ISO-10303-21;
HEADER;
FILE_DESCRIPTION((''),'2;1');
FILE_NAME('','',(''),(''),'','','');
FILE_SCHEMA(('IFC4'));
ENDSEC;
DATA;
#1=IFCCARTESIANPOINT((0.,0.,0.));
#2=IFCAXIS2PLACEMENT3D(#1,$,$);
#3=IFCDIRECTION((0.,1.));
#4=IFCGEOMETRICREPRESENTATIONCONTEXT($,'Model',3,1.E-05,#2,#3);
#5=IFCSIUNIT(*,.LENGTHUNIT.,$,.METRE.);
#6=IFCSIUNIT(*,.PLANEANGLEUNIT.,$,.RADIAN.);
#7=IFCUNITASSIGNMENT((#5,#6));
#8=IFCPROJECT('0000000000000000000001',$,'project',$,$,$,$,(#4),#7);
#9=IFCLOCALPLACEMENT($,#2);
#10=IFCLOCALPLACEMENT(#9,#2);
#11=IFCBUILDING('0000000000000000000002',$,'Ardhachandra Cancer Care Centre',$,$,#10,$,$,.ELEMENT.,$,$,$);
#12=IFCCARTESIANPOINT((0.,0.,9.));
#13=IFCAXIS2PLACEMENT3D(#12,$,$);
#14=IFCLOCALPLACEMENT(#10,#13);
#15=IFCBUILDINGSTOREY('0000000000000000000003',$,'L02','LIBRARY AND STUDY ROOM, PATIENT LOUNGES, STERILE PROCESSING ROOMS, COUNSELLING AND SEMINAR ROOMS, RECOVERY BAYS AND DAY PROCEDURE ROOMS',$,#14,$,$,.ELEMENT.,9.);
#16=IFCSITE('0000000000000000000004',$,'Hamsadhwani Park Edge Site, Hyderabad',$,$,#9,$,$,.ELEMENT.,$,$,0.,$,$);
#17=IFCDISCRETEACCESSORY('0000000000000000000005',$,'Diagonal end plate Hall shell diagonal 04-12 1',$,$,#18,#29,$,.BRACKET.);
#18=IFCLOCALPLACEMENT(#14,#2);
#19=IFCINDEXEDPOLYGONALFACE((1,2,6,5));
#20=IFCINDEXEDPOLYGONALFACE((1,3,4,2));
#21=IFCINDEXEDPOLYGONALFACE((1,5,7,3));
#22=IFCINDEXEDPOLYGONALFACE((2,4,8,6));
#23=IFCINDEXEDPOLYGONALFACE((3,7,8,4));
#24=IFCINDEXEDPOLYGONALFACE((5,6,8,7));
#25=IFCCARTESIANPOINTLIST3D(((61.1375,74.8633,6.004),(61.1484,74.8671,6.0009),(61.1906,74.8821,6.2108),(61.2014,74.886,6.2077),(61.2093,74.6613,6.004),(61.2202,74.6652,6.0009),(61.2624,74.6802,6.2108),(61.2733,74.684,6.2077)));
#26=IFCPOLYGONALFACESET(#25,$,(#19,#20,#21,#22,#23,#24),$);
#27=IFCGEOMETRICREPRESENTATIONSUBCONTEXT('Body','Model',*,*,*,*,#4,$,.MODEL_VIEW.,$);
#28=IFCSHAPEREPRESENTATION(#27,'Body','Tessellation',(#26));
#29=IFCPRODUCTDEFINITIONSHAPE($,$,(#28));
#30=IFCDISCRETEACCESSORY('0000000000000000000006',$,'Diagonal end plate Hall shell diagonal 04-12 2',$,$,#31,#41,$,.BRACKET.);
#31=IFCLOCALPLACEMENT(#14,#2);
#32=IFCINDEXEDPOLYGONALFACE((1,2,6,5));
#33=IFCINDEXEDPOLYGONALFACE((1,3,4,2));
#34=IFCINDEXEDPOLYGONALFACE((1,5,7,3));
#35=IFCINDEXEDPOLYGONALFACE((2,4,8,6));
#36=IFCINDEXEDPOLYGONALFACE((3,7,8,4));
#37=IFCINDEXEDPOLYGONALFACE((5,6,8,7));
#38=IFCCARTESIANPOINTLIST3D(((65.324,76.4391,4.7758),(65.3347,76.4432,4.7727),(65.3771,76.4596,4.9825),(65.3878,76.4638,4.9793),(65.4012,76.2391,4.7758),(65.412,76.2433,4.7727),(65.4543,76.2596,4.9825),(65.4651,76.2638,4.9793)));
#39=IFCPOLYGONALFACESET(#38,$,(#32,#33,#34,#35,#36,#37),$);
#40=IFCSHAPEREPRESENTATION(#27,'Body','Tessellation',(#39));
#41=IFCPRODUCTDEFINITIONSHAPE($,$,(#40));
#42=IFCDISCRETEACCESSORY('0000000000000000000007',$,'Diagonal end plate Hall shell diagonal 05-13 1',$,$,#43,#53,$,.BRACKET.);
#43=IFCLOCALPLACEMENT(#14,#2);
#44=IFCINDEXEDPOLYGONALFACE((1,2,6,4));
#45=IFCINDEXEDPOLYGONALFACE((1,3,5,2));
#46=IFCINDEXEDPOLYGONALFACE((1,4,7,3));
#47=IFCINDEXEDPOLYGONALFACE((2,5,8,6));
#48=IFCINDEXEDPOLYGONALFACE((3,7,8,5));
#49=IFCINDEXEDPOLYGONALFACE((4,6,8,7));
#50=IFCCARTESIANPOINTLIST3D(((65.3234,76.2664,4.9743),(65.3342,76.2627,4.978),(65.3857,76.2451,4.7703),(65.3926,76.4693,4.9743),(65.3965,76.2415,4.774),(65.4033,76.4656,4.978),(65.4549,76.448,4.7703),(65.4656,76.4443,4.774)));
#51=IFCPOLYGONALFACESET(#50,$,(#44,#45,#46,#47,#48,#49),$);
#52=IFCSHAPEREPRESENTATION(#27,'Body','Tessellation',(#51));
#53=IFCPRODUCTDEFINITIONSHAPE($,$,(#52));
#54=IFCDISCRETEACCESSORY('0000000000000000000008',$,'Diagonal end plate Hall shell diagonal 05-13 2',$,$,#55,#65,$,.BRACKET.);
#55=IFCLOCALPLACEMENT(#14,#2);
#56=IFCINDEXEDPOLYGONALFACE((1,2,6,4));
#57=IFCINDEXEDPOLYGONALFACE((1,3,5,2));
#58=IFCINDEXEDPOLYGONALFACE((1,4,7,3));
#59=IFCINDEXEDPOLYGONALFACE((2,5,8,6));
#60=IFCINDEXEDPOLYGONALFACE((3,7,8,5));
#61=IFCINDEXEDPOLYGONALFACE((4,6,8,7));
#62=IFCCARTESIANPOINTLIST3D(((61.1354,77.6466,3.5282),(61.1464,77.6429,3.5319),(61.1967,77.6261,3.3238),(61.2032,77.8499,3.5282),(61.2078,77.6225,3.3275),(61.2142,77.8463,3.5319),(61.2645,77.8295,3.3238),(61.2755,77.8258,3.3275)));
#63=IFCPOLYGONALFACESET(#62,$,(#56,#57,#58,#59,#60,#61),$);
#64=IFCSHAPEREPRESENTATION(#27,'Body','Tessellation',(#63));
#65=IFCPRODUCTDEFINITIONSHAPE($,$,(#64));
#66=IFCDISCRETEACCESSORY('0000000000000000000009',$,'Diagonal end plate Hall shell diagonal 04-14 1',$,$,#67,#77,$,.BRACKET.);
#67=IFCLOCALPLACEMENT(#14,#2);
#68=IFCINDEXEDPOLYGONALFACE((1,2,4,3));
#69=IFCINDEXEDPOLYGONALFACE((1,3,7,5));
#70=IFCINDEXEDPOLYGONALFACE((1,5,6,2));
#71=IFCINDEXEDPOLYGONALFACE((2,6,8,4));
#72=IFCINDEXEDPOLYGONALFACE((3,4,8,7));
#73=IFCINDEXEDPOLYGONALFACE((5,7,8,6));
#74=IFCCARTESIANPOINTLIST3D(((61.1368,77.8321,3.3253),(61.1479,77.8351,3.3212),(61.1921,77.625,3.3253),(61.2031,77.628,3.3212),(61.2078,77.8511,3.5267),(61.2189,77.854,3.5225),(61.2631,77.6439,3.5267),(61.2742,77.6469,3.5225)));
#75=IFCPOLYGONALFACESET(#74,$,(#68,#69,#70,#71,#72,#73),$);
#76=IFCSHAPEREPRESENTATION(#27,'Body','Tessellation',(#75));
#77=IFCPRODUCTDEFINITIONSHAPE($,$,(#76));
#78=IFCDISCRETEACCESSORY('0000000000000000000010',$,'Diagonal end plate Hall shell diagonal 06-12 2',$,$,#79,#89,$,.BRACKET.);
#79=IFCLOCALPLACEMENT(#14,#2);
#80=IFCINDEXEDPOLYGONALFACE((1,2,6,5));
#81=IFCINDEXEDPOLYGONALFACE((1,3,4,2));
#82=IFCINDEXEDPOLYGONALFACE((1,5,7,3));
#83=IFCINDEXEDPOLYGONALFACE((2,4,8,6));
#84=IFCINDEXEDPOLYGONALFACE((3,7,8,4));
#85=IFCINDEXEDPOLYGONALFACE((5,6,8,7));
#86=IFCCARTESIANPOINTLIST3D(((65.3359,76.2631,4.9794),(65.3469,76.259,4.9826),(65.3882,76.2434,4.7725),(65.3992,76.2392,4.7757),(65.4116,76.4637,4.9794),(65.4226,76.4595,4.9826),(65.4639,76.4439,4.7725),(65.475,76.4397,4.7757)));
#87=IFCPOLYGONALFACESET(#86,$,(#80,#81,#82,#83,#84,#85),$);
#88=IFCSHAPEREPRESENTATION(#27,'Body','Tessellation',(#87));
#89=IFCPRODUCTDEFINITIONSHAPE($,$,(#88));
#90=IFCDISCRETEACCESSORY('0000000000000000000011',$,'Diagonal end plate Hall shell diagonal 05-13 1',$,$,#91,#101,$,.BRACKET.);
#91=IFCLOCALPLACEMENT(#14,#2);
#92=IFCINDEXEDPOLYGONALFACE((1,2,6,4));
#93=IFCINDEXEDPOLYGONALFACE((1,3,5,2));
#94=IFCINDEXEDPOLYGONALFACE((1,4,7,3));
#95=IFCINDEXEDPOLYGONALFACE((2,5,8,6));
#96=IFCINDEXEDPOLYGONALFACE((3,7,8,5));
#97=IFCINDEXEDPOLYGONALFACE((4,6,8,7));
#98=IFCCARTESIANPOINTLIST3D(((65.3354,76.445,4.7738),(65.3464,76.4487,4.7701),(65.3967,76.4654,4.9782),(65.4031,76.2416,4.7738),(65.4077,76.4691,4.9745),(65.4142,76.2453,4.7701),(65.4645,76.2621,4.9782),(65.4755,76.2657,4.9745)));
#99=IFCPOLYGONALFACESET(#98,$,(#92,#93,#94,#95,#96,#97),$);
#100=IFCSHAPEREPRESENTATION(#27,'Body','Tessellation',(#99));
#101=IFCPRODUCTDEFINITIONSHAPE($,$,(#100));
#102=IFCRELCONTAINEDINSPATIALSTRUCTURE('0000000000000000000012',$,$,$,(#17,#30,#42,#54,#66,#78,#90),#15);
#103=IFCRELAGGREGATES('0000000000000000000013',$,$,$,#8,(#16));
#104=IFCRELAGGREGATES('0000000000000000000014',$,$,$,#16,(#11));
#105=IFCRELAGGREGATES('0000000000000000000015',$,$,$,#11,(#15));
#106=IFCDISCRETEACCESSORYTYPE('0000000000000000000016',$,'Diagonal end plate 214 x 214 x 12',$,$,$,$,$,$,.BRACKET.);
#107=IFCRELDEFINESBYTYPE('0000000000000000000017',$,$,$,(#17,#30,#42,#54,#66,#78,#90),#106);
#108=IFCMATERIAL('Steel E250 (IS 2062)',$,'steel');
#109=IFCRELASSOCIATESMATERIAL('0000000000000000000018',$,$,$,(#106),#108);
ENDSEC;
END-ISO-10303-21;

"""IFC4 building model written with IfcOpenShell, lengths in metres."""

from ifc_helpers import new_model, si_unit, direction, frame, origin, origin_2d, place, context, subcontext, project, spatial, rectangle, extrude, material, material_profile, profile_set, type_object, element, save


model = new_model("IFC4")

# Units and contexts
model_context = context("Model", 3, precision=1e-05, world=origin(), true_north=direction((0.0, 1.0)))
body_context = subcontext(model_context, "Body", "Model", "MODEL_VIEW")
ifc_project = project(units=[si_unit("LENGTHUNIT", "METRE"), si_unit("PLANEANGLEUNIT", "RADIAN")], contexts=[model_context])

# Site, building, storey
site_placement = place(None, origin())
site = spatial("IfcSite", under=ifc_project, at=site_placement, Name="Hamsadhwani Park Edge Site, Hyderabad", CompositionType="ELEMENT", RefElevation=0.0)
building_placement = place(site_placement, origin())
building = spatial("IfcBuilding", under=site, at=building_placement, Name="Ardhachandra Cancer Care Centre", CompositionType="ELEMENT")
storey_placement = place(building_placement, frame((0.0, 0.0, 9.0)))
storey = spatial("IfcBuildingStorey", under=building, at=storey_placement, Name="L02", Description="LIBRARY AND STUDY ROOM, PATIENT LOUNGES, STERILE PROCESSING ROOMS, COUNSELLING AND SEMINAR ROOMS, RECOVERY BAYS AND DAY PROCEDURE ROOMS", CompositionType="ELEMENT", Elevation=9.0)

# Discrete accessories
ifc_material_1 = material(Name="Steel E250 (IS 2062)", Category="steel")
ifc_material_profile_1 = material_profile(ifc_material_1, rectangle(XDim=0.2144, YDim=0.2144, at=origin_2d()), Name="PL 214x214x12")
ifc_profile_set_1 = profile_set([ifc_material_profile_1], Name="Steel E250 (IS 2062)")
discrete_accessory_type = type_object("IfcDiscreteAccessoryType", Name="Diagonal end plate 214 x 214 x 12", PredefinedType="BRACKET", material=ifc_profile_set_1)
for number, where, z_axis, x_axis, name in (
    (1, (61.2, 74.7717, 6.1074), (0.909137, 0.323249, -0.26264), (-0.33501, 0.942215, 0.0), "Diagonal end plate Hall shell diagonal 04-12 1"),
    (2, (65.3999, 76.3535, 4.876), (-0.899271, -0.347446, 0.265694), (0.360399, -0.932798, 0.0), "Diagonal end plate Hall shell diagonal 04-12 2"),
    (3, (65.3999, 76.3535, 4.876), (-0.900777, 0.307083, -0.307083), (-0.322674, -0.94651, 0.0), "Diagonal end plate Hall shell diagonal 05-13 1"),
):
    element("IfcDiscreteAccessory", number, at=place(storey_placement, frame(where, z_axis=z_axis, x_axis=x_axis)), inside=storey, type_object=discrete_accessory_type, Name=name, PredefinedType="BRACKET", context=body_context, shape_type="SweptSolid", body=[
        extrude(rectangle(XDim=0.2144, YDim=0.2144, at=origin_2d()), origin(), (0.0, 0.0, 1.0), 0.012),
    ])
for number, where, z_axis, x_axis, name in (
    (4, (61.2, 77.738, 3.426), (0.904534, -0.301511, 0.301511), (0.316228, 0.948683, 0.0), "Diagonal end plate Hall shell diagonal 05-13 2"),
    (5, (61.2, 77.738, 3.426), (0.907657, 0.242042, -0.342892), (-0.257663, 0.966235, 0.0), "Diagonal end plate Hall shell diagonal 04-14 1"),
    (6, (65.3999, 76.3535, 4.876), (0.903076, -0.341162, 0.260889), (0.353401, 0.935472, 0.0), "Diagonal end plate Hall shell diagonal 06-12 2"),
    (7, (65.3999, 76.3535, 4.876), (0.904534, 0.301511, -0.301511), (-0.316228, 0.948683, 0.0), "Diagonal end plate Hall shell diagonal 05-13 1"),
):
    element("IfcDiscreteAccessory", number, at=place(storey_placement, frame(where, z_axis=z_axis, x_axis=x_axis)), inside=storey, type_object=discrete_accessory_type, Name=name, PredefinedType="BRACKET", context=body_context, shape_type="SweptSolid", body=[
        extrude(rectangle(XDim=0.2144, YDim=0.2144, at=origin_2d()), origin(), (0.0, 0.0, 1.0), 0.0122),
    ])

save(model, "model.ifc")
